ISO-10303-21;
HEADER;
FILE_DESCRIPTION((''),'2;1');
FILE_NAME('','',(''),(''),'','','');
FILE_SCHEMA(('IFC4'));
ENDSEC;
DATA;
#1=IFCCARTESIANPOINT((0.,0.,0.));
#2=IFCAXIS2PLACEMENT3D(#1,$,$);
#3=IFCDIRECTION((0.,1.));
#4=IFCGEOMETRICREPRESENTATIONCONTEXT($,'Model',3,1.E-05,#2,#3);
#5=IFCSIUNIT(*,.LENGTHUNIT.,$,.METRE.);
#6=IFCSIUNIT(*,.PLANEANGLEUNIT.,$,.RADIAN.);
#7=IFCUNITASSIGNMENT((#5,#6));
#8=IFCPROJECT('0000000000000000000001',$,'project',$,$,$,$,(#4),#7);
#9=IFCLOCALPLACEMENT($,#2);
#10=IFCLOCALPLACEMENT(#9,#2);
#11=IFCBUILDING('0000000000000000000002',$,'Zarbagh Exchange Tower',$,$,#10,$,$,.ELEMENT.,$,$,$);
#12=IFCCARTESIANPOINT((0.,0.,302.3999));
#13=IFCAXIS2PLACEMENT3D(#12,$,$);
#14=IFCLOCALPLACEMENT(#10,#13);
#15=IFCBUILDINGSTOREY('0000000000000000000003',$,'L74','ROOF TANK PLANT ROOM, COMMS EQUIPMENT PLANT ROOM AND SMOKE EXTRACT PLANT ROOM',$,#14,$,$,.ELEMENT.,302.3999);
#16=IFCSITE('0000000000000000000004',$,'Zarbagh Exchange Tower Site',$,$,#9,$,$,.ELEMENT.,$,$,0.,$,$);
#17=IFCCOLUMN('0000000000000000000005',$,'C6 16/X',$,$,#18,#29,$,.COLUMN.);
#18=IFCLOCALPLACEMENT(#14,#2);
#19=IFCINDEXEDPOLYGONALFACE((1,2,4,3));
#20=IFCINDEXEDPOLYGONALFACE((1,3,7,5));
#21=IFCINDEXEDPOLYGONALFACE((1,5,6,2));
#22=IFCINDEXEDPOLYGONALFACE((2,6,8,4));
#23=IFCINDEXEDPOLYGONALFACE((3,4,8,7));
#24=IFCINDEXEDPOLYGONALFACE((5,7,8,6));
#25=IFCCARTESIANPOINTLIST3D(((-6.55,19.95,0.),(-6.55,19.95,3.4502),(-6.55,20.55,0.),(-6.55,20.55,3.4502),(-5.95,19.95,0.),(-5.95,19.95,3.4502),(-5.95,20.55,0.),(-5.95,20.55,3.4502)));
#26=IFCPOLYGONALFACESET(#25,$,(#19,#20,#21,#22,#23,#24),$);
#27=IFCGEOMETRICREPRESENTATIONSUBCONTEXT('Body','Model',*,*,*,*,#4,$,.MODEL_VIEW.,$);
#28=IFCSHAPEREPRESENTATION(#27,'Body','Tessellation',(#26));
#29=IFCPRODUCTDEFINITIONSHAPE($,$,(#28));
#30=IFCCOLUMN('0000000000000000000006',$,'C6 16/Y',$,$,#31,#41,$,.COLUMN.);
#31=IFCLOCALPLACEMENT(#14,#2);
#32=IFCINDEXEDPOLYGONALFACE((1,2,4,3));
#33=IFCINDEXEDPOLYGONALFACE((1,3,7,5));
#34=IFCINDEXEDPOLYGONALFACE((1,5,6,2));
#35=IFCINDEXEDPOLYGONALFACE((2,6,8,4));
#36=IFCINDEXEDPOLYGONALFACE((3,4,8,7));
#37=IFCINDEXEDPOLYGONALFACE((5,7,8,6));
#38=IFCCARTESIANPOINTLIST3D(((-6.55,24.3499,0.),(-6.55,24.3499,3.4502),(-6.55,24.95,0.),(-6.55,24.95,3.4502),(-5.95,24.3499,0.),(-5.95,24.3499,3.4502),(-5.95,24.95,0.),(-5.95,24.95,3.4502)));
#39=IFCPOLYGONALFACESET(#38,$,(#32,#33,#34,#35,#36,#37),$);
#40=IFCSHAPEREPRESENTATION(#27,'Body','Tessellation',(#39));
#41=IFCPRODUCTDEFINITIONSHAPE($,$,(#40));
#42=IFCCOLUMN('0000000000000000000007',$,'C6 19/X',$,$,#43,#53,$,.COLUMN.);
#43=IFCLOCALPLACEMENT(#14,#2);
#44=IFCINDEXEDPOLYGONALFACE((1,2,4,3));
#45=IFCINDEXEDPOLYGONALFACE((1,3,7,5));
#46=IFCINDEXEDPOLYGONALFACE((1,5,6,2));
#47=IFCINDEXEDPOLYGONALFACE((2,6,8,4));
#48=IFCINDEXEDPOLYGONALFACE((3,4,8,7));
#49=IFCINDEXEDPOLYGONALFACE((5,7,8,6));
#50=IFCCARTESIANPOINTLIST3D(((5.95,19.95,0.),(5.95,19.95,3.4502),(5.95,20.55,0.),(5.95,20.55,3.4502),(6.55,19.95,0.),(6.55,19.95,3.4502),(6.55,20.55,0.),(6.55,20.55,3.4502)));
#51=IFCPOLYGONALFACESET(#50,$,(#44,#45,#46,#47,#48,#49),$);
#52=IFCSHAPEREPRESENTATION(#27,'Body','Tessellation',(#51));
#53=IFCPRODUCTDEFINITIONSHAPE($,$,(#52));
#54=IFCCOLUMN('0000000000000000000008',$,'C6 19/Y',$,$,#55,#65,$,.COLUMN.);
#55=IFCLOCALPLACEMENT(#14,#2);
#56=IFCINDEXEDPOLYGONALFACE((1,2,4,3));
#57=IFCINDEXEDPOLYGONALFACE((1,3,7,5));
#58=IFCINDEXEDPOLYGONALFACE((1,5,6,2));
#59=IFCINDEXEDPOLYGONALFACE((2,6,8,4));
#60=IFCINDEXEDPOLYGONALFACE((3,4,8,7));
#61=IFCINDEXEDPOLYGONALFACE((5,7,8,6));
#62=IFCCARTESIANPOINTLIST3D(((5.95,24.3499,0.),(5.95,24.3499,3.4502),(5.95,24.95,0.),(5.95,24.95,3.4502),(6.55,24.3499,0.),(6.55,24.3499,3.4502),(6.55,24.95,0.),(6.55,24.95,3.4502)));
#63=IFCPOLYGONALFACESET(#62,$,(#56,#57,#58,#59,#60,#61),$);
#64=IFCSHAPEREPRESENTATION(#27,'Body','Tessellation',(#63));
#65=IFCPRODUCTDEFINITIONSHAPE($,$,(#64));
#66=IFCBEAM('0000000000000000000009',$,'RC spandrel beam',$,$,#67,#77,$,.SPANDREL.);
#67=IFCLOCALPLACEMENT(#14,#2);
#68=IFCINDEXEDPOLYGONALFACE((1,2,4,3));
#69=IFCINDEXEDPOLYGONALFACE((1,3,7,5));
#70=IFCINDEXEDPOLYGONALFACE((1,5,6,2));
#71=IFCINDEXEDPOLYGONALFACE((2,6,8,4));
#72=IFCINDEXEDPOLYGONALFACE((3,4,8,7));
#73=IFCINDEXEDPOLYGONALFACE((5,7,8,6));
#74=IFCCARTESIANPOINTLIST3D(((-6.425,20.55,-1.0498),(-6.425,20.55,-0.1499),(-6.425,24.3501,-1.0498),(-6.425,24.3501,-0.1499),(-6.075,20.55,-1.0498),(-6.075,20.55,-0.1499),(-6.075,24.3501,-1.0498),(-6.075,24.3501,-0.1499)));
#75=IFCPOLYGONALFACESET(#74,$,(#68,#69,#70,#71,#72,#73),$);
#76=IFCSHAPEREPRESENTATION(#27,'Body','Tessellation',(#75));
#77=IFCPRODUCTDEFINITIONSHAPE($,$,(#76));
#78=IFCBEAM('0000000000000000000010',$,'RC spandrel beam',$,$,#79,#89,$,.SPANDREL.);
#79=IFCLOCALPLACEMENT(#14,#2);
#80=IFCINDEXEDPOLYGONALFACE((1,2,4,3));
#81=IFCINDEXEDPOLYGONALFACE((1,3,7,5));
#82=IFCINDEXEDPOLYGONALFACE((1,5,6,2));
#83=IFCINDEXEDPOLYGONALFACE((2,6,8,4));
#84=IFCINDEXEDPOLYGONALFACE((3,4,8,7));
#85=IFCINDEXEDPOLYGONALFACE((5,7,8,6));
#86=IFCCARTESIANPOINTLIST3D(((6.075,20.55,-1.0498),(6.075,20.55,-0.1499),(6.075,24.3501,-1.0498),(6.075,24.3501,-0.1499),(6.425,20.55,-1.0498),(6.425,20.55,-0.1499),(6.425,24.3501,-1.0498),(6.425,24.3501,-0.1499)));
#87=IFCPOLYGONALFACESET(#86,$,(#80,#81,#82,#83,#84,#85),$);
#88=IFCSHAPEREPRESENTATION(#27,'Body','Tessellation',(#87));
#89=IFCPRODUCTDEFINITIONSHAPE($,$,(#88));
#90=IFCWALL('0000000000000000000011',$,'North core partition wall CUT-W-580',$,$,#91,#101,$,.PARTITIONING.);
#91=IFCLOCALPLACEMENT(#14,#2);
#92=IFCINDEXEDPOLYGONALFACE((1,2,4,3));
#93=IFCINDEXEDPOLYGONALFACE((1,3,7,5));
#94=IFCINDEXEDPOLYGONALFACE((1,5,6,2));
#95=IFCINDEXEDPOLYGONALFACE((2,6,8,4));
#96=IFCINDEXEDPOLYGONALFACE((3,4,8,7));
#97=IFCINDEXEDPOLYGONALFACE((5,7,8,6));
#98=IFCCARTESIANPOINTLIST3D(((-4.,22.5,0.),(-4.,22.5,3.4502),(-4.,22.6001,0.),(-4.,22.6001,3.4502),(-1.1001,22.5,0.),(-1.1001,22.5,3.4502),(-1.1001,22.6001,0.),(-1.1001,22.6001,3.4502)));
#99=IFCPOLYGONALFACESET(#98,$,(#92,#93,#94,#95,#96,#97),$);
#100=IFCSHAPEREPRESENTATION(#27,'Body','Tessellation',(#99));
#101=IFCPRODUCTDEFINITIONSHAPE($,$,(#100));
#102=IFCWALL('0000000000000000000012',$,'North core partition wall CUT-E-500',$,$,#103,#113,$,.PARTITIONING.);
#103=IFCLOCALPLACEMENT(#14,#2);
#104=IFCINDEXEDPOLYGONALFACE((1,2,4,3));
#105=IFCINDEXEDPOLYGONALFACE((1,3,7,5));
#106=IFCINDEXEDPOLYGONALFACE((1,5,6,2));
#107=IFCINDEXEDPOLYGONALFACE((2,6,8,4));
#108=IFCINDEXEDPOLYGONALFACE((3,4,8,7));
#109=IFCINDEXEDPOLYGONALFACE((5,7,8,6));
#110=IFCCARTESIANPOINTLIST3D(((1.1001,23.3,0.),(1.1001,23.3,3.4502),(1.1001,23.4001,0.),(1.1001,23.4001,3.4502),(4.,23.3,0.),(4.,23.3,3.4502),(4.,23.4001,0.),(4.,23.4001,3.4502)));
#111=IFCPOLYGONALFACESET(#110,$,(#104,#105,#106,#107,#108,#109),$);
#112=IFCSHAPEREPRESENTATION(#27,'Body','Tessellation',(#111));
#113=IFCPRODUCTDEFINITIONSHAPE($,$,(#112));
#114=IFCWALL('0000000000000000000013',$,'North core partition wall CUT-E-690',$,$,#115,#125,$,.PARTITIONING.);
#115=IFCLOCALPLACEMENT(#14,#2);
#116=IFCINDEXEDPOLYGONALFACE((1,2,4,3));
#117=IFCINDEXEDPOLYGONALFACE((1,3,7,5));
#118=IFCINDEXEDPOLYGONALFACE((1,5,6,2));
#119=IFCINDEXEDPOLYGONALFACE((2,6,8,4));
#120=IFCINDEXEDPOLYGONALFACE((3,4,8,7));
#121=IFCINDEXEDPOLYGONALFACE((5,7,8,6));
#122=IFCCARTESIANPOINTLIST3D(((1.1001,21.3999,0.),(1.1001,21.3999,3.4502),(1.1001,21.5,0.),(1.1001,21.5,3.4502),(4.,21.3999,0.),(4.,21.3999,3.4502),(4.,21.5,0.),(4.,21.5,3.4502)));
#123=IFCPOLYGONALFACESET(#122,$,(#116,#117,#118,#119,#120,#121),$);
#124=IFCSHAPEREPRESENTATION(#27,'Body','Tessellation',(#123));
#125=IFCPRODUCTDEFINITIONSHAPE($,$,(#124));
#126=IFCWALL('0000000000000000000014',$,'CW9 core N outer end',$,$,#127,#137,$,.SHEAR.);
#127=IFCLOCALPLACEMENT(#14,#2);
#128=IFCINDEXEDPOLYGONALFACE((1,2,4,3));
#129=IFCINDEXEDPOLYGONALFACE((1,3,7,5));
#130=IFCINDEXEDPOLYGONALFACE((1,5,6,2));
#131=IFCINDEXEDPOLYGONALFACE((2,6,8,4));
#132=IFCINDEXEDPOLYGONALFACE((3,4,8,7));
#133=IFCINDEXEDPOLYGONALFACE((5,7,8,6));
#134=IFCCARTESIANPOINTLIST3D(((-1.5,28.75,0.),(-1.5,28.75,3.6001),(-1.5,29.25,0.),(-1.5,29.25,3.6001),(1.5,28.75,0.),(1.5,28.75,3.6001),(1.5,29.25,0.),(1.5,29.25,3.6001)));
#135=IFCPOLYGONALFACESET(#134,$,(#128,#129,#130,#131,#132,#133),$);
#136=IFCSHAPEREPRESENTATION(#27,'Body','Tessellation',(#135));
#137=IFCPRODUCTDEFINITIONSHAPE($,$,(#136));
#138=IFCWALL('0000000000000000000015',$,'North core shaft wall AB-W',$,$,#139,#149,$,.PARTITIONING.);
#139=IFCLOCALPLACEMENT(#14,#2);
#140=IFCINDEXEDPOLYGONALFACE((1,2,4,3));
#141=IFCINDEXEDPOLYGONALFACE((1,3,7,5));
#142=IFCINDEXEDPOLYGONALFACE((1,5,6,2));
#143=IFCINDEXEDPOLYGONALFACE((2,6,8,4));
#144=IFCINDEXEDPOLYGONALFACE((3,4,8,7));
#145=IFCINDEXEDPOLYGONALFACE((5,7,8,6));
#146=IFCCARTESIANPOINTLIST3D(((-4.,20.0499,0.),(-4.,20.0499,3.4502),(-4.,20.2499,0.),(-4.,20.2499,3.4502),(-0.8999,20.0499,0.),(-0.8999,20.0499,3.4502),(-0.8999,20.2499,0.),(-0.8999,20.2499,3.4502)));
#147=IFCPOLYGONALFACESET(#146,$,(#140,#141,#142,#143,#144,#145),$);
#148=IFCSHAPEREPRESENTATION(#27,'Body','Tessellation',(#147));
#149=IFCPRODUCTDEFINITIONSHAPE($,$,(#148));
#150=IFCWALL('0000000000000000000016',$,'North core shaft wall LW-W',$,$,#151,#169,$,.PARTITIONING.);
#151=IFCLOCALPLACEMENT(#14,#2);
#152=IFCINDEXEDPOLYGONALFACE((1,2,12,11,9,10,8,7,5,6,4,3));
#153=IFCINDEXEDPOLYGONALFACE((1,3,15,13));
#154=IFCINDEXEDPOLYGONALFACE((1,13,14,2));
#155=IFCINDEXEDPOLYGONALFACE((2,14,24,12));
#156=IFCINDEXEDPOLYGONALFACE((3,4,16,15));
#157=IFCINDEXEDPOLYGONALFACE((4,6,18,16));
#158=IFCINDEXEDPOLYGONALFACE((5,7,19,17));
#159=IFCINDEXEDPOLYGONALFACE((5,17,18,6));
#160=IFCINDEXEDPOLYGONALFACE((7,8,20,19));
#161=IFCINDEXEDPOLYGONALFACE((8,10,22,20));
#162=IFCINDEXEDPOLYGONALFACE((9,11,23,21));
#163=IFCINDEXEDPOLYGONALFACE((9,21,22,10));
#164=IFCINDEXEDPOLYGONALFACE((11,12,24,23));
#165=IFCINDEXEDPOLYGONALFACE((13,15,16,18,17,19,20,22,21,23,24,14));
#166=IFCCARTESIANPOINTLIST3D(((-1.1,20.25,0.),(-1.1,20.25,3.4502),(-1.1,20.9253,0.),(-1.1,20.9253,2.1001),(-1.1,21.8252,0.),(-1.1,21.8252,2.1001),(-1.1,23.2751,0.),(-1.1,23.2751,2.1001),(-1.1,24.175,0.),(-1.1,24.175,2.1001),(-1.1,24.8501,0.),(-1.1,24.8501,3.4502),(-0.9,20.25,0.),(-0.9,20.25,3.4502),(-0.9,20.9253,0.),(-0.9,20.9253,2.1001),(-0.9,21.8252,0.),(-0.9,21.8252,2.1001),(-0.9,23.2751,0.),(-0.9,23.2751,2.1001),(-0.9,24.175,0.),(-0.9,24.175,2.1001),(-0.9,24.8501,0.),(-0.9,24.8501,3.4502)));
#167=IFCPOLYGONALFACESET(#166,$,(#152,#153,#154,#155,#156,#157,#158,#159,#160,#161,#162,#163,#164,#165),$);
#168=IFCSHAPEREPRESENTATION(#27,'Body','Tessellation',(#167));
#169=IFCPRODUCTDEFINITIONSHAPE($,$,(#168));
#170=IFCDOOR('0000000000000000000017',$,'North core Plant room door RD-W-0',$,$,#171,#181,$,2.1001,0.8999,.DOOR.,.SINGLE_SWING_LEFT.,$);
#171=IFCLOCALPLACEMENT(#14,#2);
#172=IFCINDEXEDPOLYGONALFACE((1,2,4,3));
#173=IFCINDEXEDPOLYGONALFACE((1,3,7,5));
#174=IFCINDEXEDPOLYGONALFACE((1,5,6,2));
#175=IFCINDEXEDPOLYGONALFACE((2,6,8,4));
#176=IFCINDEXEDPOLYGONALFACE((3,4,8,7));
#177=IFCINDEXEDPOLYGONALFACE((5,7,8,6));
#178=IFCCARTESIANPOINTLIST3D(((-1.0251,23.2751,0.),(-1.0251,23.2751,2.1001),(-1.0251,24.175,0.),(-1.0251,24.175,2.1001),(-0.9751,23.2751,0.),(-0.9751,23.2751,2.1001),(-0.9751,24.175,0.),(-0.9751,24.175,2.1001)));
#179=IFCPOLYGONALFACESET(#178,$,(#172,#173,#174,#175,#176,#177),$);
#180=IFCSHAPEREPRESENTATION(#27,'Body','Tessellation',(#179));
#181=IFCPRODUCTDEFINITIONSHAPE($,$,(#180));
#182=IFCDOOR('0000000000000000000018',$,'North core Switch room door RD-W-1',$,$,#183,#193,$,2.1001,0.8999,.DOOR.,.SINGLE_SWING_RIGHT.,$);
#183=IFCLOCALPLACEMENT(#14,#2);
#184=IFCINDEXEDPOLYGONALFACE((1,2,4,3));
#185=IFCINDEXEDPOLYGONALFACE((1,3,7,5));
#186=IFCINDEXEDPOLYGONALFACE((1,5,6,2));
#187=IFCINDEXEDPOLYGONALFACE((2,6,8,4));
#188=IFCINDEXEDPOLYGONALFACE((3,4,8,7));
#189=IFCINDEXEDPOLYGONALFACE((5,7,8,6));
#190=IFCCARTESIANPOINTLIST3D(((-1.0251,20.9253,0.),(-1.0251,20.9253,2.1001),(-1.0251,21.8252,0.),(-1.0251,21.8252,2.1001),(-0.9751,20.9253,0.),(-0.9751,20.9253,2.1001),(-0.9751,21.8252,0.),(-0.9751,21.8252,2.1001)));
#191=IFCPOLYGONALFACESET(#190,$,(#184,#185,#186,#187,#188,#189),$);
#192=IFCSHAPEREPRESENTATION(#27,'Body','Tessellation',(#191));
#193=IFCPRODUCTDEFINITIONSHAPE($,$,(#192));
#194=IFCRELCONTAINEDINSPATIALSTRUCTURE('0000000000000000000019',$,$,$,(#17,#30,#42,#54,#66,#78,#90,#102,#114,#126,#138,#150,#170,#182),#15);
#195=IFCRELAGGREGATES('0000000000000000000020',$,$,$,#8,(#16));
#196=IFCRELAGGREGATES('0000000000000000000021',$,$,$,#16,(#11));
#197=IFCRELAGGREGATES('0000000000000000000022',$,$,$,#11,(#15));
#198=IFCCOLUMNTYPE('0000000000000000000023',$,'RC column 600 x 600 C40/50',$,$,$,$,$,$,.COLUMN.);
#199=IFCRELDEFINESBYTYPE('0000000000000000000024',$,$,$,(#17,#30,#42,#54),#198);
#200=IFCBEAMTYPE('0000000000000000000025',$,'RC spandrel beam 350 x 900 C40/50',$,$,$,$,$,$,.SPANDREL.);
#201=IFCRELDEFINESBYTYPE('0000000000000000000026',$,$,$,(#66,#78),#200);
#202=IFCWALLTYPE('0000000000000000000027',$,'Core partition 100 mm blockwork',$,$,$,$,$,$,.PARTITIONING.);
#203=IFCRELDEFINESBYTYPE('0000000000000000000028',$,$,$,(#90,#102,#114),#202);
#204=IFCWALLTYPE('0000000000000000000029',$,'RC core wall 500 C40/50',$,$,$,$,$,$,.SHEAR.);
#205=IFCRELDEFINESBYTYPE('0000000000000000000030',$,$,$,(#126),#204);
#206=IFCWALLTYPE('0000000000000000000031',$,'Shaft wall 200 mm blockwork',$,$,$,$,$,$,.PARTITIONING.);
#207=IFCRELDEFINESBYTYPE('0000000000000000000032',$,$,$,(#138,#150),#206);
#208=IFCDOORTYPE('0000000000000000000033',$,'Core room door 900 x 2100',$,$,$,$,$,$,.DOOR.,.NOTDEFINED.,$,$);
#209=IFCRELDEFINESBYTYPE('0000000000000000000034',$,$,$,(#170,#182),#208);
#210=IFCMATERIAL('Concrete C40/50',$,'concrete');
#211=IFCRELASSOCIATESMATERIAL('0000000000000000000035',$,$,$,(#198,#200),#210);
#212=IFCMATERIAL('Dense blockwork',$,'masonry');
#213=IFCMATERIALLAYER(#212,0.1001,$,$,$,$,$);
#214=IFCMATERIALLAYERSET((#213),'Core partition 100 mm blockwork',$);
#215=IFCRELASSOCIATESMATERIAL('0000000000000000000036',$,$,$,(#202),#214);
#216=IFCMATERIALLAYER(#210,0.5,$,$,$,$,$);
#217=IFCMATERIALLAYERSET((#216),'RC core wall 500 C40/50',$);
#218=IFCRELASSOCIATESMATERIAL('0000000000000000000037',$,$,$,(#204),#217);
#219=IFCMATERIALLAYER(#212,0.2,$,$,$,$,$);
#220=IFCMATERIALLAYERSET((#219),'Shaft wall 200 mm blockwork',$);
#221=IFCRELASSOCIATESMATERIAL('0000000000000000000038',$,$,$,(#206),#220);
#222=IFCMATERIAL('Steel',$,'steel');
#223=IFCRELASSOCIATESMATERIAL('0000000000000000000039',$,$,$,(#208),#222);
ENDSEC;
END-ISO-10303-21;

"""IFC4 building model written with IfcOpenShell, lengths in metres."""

from ifc_helpers import new_model, si_unit, direction, frame, frame_2d, origin, origin_2d, place, context, subcontext, project, spatial, rectangle, extrude, material, layer, layer_set, material_profile, profile_set, type_object, element, fill, save


model = new_model("IFC4")

# Units and contexts
model_context = context("Model", 3, precision=1e-05, world=origin(), true_north=direction((0.0, 1.0)))
body_context = subcontext(model_context, "Body", "Model", "MODEL_VIEW")
ifc_project = project(units=[si_unit("LENGTHUNIT", "METRE"), si_unit("PLANEANGLEUNIT", "RADIAN")], contexts=[model_context])

# Site, building, storey
site_placement = place(None, origin())
site = spatial("IfcSite", under=ifc_project, at=site_placement, Name="Zarbagh Exchange Tower Site", CompositionType="ELEMENT", RefElevation=0.0)
building_placement = place(site_placement, origin())
building = spatial("IfcBuilding", under=site, at=building_placement, Name="Zarbagh Exchange Tower", CompositionType="ELEMENT")
storey_placement = place(building_placement, frame((0.0, 0.0, 302.3999)))
storey = spatial("IfcBuildingStorey", under=building, at=storey_placement, Name="L74", Description="ROOF TANK PLANT ROOM, COMMS EQUIPMENT PLANT ROOM AND SMOKE EXTRACT PLANT ROOM", CompositionType="ELEMENT", Elevation=302.3999)

# Columns
ifc_material_1 = material(Name="Concrete C40/50", Category="concrete")
ifc_material_profile_1 = material_profile(ifc_material_1, rectangle(XDim=0.6001, YDim=0.6001, at=origin_2d()), Name="RC column 600 x 600 C40/50")
ifc_profile_set_1 = profile_set([ifc_material_profile_1], Name="Concrete C40/50")
column_type = type_object("IfcColumnType", Name="RC column 600 x 600 C40/50", PredefinedType="COLUMN", material=ifc_profile_set_1)
for number, where, z_axis, x_axis, name in (
    (1, (-6.25, 20.25, 0.0), (0.0, 0.0, 1.0), (1.0, 0.0, 0.0), "C6 16/X"),
    (2, (-6.25, 24.6499, 0.0), (0.0, 0.0, 1.0), (1.0, 0.0, 0.0), "C6 16/Y"),
    (3, (6.25, 20.25, 0.0), (0.0, 0.0, 1.0), (1.0, 0.0, 0.0), "C6 19/X"),
    (4, (6.25, 24.6499, 0.0), (0.0, 0.0, 1.0), (1.0, 0.0, 0.0), "C6 19/Y"),
):
    element("IfcColumn", number, at=place(storey_placement, frame(where, z_axis=z_axis, x_axis=x_axis)), inside=storey, type_object=column_type, Name=name, PredefinedType="COLUMN", context=body_context, shape_type="SweptSolid", body=[
        extrude(rectangle(XDim=0.6001, YDim=0.6001, at=origin_2d()), origin(), (0.0, 0.0, 1.0), 3.4502),
    ])

# Beams
ifc_material_profile_2 = material_profile(ifc_material_1, rectangle(XDim=0.3501, YDim=0.8999, at=origin_2d()), Name="RC spandrel beam 350 x 900 C40/50")
ifc_profile_set_2 = profile_set([ifc_material_profile_2], Name="Concrete C40/50")
beam_type = type_object("IfcBeamType", Name="RC spandrel beam 350 x 900 C40/50", PredefinedType="SPANDREL", material=ifc_profile_set_2)
for number, where, z_axis, x_axis, name in (
    (5, (-6.25, 20.55, -0.5999), (0.0, 1.0, 0.0), (-1.0, 0.0, 0.0), "RC spandrel beam"),
    (6, (6.25, 24.3501, -0.5999), (0.0, -1.0, 0.0), (1.0, 0.0, 0.0), "RC spandrel beam"),
):
    element("IfcBeam", number, at=place(storey_placement, frame(where, z_axis=z_axis, x_axis=x_axis)), inside=storey, type_object=beam_type, Name=name, PredefinedType="SPANDREL", context=body_context, shape_type="SweptSolid", body=[
        extrude(rectangle(XDim=0.3501, YDim=0.8999, at=origin_2d()), origin(), (0.0, 0.0, 1.0), 3.8),
    ])

# Walls
ifc_material_2 = material(Name="Dense blockwork", Category="masonry")
ifc_layer_1 = layer(ifc_material_2, 0.1001)
ifc_layer_set_1 = layer_set([ifc_layer_1], Name="Core partition 100 mm blockwork")
wall_type_1 = type_object("IfcWallType", Name="Core partition 100 mm blockwork", PredefinedType="PARTITIONING", material=ifc_layer_set_1)
for number, where, z_axis, x_axis, name in (
    (7, (-4.0, 22.55, 0.0), (0.0, 0.0, 1.0), (1.0, 0.0, 0.0), "North core partition wall CUT-W-580"),
    (8, (1.1001, 23.3501, 0.0), (0.0, 0.0, 1.0), (1.0, 0.0, 0.0), "North core partition wall CUT-E-500"),
    (9, (1.1001, 21.45, 0.0), (0.0, 0.0, 1.0), (1.0, 0.0, 0.0), "North core partition wall CUT-E-690"),
):
    element("IfcWall", number, at=place(storey_placement, frame(where, z_axis=z_axis, x_axis=x_axis)), inside=storey, type_object=wall_type_1, Name=name, PredefinedType="PARTITIONING", context=body_context, shape_type="SweptSolid", body=[
        extrude(rectangle(XDim=2.8999, YDim=0.1001, at=frame_2d((1.45, 0.0))), origin(), (0.0, 0.0, 1.0), 3.4502),
    ])
ifc_layer_2 = layer(ifc_material_1, 0.5)
ifc_layer_set_2 = layer_set([ifc_layer_2], Name="RC core wall 500 C40/50")
wall_type_2 = type_object("IfcWallType", Name="RC core wall 500 C40/50", PredefinedType="SHEAR", material=ifc_layer_set_2)
wall_1_placement = place(storey_placement, frame((-1.5, 29.0, 0.0), z_axis=(0.0, 0.0, 1.0), x_axis=(1.0, 0.0, 0.0)))
element("IfcWall", 10, at=wall_1_placement, inside=storey, type_object=wall_type_2, Name="CW9 core N outer end", PredefinedType="SHEAR", context=body_context, shape_type="SweptSolid", body=[
    extrude(rectangle(XDim=3.0, YDim=0.5, at=frame_2d((1.5, 0.0))), origin(), (0.0, 0.0, 1.0), 3.6001),
])
ifc_layer_3 = layer(ifc_material_2, 0.2)
ifc_layer_set_3 = layer_set([ifc_layer_3], Name="Shaft wall 200 mm blockwork")
wall_type_3 = type_object("IfcWallType", Name="Shaft wall 200 mm blockwork", PredefinedType="PARTITIONING", material=ifc_layer_set_3)
wall_2_placement = place(storey_placement, frame((-4.0, 20.1499, 0.0), z_axis=(0.0, 0.0, 1.0), x_axis=(1.0, 0.0, 0.0)))
element("IfcWall", 11, at=wall_2_placement, inside=storey, type_object=wall_type_3, Name="North core shaft wall AB-W", PredefinedType="PARTITIONING", context=body_context, shape_type="SweptSolid", body=[
    extrude(rectangle(XDim=3.1001, YDim=0.2, at=frame_2d((1.55, 0.0))), origin(), (0.0, 0.0, 1.0), 3.4502),
])

# Wall, openings, doors
wall_3_placement = place(storey_placement, frame((-1.0, 24.8501, 0.0), z_axis=(0.0, 0.0, 1.0), x_axis=(0.0, -1.0, 0.0)))
wall_3 = element("IfcWall", 12, at=wall_3_placement, inside=storey, type_object=wall_type_3, Name="North core shaft wall LW-W", PredefinedType="PARTITIONING", context=body_context, shape_type="SweptSolid", body=[
    extrude(rectangle(XDim=4.6001, YDim=0.2, at=frame_2d((2.3, 0.0))), origin(), (0.0, 0.0, 1.0), 3.4502),
])
opening_1_placement = place(wall_3_placement, frame((0.675, 0.0, 0.0)))
opening_1 = element("IfcOpeningElement", 13, at=opening_1_placement, cuts=wall_3, PredefinedType="OPENING", context=body_context, shape_type="SweptSolid", body=[
    extrude(rectangle(XDim=0.8999, YDim=2.1001, at=frame_2d((0.45, 1.05))), frame((0.0, 0.1099, 0.0), z_axis=(0.0, -1.0, 0.0), x_axis=(1.0, 0.0, 0.0)), (0.0, 0.0, 1.0), 0.22),
])
opening_2_placement = place(wall_3_placement, frame((3.0249, 0.0, 0.0)))
opening_2 = element("IfcOpeningElement", 14, at=opening_2_placement, cuts=wall_3, PredefinedType="OPENING", context=body_context, shape_type="SweptSolid", body=[
    extrude(rectangle(XDim=0.8999, YDim=2.1001, at=frame_2d((0.45, 1.05))), frame((0.0, 0.1099, 0.0), z_axis=(0.0, -1.0, 0.0), x_axis=(1.0, 0.0, 0.0)), (0.0, 0.0, 1.0), 0.22),
])
ifc_material_3 = material(Name="Steel", Category="steel")
door_type_1 = type_object("IfcDoorType", Name="Core room door 900 x 2100", OperationType="NOTDEFINED", PredefinedType="DOOR", material=ifc_material_3)
door_1_placement = place(opening_1_placement, origin())
door_1 = element("IfcDoor", 15, at=door_1_placement, inside=storey, type_object=door_type_1, Name="North core Plant room door RD-W-0", OperationType="SINGLE_SWING_LEFT", OverallHeight=2.1001, OverallWidth=0.8999, PredefinedType="DOOR", context=body_context, shape_type="SweptSolid", body=[
    extrude(rectangle(XDim=0.8999, YDim=2.1001, at=frame_2d((0.45, 1.05))), frame((0.0, 0.0249, 0.0), z_axis=(0.0, -1.0, 0.0), x_axis=(1.0, 0.0, 0.0)), (0.0, 0.0, 1.0), 0.05),
])
fill(opening_1, door_1)
door_2_placement = place(opening_2_placement, origin())
door_2 = element("IfcDoor", 16, at=door_2_placement, inside=storey, type_object=door_type_1, Name="North core Switch room door RD-W-1", OperationType="SINGLE_SWING_RIGHT", OverallHeight=2.1001, OverallWidth=0.8999, PredefinedType="DOOR", context=body_context, shape_type="SweptSolid", body=[
    extrude(rectangle(XDim=0.8999, YDim=2.1001, at=frame_2d((0.45, 1.05))), frame((0.0, 0.0249, 0.0), z_axis=(0.0, -1.0, 0.0), x_axis=(1.0, 0.0, 0.0)), (0.0, 0.0, 1.0), 0.05),
])
fill(opening_2, door_2)

save(model, "model.ifc")
